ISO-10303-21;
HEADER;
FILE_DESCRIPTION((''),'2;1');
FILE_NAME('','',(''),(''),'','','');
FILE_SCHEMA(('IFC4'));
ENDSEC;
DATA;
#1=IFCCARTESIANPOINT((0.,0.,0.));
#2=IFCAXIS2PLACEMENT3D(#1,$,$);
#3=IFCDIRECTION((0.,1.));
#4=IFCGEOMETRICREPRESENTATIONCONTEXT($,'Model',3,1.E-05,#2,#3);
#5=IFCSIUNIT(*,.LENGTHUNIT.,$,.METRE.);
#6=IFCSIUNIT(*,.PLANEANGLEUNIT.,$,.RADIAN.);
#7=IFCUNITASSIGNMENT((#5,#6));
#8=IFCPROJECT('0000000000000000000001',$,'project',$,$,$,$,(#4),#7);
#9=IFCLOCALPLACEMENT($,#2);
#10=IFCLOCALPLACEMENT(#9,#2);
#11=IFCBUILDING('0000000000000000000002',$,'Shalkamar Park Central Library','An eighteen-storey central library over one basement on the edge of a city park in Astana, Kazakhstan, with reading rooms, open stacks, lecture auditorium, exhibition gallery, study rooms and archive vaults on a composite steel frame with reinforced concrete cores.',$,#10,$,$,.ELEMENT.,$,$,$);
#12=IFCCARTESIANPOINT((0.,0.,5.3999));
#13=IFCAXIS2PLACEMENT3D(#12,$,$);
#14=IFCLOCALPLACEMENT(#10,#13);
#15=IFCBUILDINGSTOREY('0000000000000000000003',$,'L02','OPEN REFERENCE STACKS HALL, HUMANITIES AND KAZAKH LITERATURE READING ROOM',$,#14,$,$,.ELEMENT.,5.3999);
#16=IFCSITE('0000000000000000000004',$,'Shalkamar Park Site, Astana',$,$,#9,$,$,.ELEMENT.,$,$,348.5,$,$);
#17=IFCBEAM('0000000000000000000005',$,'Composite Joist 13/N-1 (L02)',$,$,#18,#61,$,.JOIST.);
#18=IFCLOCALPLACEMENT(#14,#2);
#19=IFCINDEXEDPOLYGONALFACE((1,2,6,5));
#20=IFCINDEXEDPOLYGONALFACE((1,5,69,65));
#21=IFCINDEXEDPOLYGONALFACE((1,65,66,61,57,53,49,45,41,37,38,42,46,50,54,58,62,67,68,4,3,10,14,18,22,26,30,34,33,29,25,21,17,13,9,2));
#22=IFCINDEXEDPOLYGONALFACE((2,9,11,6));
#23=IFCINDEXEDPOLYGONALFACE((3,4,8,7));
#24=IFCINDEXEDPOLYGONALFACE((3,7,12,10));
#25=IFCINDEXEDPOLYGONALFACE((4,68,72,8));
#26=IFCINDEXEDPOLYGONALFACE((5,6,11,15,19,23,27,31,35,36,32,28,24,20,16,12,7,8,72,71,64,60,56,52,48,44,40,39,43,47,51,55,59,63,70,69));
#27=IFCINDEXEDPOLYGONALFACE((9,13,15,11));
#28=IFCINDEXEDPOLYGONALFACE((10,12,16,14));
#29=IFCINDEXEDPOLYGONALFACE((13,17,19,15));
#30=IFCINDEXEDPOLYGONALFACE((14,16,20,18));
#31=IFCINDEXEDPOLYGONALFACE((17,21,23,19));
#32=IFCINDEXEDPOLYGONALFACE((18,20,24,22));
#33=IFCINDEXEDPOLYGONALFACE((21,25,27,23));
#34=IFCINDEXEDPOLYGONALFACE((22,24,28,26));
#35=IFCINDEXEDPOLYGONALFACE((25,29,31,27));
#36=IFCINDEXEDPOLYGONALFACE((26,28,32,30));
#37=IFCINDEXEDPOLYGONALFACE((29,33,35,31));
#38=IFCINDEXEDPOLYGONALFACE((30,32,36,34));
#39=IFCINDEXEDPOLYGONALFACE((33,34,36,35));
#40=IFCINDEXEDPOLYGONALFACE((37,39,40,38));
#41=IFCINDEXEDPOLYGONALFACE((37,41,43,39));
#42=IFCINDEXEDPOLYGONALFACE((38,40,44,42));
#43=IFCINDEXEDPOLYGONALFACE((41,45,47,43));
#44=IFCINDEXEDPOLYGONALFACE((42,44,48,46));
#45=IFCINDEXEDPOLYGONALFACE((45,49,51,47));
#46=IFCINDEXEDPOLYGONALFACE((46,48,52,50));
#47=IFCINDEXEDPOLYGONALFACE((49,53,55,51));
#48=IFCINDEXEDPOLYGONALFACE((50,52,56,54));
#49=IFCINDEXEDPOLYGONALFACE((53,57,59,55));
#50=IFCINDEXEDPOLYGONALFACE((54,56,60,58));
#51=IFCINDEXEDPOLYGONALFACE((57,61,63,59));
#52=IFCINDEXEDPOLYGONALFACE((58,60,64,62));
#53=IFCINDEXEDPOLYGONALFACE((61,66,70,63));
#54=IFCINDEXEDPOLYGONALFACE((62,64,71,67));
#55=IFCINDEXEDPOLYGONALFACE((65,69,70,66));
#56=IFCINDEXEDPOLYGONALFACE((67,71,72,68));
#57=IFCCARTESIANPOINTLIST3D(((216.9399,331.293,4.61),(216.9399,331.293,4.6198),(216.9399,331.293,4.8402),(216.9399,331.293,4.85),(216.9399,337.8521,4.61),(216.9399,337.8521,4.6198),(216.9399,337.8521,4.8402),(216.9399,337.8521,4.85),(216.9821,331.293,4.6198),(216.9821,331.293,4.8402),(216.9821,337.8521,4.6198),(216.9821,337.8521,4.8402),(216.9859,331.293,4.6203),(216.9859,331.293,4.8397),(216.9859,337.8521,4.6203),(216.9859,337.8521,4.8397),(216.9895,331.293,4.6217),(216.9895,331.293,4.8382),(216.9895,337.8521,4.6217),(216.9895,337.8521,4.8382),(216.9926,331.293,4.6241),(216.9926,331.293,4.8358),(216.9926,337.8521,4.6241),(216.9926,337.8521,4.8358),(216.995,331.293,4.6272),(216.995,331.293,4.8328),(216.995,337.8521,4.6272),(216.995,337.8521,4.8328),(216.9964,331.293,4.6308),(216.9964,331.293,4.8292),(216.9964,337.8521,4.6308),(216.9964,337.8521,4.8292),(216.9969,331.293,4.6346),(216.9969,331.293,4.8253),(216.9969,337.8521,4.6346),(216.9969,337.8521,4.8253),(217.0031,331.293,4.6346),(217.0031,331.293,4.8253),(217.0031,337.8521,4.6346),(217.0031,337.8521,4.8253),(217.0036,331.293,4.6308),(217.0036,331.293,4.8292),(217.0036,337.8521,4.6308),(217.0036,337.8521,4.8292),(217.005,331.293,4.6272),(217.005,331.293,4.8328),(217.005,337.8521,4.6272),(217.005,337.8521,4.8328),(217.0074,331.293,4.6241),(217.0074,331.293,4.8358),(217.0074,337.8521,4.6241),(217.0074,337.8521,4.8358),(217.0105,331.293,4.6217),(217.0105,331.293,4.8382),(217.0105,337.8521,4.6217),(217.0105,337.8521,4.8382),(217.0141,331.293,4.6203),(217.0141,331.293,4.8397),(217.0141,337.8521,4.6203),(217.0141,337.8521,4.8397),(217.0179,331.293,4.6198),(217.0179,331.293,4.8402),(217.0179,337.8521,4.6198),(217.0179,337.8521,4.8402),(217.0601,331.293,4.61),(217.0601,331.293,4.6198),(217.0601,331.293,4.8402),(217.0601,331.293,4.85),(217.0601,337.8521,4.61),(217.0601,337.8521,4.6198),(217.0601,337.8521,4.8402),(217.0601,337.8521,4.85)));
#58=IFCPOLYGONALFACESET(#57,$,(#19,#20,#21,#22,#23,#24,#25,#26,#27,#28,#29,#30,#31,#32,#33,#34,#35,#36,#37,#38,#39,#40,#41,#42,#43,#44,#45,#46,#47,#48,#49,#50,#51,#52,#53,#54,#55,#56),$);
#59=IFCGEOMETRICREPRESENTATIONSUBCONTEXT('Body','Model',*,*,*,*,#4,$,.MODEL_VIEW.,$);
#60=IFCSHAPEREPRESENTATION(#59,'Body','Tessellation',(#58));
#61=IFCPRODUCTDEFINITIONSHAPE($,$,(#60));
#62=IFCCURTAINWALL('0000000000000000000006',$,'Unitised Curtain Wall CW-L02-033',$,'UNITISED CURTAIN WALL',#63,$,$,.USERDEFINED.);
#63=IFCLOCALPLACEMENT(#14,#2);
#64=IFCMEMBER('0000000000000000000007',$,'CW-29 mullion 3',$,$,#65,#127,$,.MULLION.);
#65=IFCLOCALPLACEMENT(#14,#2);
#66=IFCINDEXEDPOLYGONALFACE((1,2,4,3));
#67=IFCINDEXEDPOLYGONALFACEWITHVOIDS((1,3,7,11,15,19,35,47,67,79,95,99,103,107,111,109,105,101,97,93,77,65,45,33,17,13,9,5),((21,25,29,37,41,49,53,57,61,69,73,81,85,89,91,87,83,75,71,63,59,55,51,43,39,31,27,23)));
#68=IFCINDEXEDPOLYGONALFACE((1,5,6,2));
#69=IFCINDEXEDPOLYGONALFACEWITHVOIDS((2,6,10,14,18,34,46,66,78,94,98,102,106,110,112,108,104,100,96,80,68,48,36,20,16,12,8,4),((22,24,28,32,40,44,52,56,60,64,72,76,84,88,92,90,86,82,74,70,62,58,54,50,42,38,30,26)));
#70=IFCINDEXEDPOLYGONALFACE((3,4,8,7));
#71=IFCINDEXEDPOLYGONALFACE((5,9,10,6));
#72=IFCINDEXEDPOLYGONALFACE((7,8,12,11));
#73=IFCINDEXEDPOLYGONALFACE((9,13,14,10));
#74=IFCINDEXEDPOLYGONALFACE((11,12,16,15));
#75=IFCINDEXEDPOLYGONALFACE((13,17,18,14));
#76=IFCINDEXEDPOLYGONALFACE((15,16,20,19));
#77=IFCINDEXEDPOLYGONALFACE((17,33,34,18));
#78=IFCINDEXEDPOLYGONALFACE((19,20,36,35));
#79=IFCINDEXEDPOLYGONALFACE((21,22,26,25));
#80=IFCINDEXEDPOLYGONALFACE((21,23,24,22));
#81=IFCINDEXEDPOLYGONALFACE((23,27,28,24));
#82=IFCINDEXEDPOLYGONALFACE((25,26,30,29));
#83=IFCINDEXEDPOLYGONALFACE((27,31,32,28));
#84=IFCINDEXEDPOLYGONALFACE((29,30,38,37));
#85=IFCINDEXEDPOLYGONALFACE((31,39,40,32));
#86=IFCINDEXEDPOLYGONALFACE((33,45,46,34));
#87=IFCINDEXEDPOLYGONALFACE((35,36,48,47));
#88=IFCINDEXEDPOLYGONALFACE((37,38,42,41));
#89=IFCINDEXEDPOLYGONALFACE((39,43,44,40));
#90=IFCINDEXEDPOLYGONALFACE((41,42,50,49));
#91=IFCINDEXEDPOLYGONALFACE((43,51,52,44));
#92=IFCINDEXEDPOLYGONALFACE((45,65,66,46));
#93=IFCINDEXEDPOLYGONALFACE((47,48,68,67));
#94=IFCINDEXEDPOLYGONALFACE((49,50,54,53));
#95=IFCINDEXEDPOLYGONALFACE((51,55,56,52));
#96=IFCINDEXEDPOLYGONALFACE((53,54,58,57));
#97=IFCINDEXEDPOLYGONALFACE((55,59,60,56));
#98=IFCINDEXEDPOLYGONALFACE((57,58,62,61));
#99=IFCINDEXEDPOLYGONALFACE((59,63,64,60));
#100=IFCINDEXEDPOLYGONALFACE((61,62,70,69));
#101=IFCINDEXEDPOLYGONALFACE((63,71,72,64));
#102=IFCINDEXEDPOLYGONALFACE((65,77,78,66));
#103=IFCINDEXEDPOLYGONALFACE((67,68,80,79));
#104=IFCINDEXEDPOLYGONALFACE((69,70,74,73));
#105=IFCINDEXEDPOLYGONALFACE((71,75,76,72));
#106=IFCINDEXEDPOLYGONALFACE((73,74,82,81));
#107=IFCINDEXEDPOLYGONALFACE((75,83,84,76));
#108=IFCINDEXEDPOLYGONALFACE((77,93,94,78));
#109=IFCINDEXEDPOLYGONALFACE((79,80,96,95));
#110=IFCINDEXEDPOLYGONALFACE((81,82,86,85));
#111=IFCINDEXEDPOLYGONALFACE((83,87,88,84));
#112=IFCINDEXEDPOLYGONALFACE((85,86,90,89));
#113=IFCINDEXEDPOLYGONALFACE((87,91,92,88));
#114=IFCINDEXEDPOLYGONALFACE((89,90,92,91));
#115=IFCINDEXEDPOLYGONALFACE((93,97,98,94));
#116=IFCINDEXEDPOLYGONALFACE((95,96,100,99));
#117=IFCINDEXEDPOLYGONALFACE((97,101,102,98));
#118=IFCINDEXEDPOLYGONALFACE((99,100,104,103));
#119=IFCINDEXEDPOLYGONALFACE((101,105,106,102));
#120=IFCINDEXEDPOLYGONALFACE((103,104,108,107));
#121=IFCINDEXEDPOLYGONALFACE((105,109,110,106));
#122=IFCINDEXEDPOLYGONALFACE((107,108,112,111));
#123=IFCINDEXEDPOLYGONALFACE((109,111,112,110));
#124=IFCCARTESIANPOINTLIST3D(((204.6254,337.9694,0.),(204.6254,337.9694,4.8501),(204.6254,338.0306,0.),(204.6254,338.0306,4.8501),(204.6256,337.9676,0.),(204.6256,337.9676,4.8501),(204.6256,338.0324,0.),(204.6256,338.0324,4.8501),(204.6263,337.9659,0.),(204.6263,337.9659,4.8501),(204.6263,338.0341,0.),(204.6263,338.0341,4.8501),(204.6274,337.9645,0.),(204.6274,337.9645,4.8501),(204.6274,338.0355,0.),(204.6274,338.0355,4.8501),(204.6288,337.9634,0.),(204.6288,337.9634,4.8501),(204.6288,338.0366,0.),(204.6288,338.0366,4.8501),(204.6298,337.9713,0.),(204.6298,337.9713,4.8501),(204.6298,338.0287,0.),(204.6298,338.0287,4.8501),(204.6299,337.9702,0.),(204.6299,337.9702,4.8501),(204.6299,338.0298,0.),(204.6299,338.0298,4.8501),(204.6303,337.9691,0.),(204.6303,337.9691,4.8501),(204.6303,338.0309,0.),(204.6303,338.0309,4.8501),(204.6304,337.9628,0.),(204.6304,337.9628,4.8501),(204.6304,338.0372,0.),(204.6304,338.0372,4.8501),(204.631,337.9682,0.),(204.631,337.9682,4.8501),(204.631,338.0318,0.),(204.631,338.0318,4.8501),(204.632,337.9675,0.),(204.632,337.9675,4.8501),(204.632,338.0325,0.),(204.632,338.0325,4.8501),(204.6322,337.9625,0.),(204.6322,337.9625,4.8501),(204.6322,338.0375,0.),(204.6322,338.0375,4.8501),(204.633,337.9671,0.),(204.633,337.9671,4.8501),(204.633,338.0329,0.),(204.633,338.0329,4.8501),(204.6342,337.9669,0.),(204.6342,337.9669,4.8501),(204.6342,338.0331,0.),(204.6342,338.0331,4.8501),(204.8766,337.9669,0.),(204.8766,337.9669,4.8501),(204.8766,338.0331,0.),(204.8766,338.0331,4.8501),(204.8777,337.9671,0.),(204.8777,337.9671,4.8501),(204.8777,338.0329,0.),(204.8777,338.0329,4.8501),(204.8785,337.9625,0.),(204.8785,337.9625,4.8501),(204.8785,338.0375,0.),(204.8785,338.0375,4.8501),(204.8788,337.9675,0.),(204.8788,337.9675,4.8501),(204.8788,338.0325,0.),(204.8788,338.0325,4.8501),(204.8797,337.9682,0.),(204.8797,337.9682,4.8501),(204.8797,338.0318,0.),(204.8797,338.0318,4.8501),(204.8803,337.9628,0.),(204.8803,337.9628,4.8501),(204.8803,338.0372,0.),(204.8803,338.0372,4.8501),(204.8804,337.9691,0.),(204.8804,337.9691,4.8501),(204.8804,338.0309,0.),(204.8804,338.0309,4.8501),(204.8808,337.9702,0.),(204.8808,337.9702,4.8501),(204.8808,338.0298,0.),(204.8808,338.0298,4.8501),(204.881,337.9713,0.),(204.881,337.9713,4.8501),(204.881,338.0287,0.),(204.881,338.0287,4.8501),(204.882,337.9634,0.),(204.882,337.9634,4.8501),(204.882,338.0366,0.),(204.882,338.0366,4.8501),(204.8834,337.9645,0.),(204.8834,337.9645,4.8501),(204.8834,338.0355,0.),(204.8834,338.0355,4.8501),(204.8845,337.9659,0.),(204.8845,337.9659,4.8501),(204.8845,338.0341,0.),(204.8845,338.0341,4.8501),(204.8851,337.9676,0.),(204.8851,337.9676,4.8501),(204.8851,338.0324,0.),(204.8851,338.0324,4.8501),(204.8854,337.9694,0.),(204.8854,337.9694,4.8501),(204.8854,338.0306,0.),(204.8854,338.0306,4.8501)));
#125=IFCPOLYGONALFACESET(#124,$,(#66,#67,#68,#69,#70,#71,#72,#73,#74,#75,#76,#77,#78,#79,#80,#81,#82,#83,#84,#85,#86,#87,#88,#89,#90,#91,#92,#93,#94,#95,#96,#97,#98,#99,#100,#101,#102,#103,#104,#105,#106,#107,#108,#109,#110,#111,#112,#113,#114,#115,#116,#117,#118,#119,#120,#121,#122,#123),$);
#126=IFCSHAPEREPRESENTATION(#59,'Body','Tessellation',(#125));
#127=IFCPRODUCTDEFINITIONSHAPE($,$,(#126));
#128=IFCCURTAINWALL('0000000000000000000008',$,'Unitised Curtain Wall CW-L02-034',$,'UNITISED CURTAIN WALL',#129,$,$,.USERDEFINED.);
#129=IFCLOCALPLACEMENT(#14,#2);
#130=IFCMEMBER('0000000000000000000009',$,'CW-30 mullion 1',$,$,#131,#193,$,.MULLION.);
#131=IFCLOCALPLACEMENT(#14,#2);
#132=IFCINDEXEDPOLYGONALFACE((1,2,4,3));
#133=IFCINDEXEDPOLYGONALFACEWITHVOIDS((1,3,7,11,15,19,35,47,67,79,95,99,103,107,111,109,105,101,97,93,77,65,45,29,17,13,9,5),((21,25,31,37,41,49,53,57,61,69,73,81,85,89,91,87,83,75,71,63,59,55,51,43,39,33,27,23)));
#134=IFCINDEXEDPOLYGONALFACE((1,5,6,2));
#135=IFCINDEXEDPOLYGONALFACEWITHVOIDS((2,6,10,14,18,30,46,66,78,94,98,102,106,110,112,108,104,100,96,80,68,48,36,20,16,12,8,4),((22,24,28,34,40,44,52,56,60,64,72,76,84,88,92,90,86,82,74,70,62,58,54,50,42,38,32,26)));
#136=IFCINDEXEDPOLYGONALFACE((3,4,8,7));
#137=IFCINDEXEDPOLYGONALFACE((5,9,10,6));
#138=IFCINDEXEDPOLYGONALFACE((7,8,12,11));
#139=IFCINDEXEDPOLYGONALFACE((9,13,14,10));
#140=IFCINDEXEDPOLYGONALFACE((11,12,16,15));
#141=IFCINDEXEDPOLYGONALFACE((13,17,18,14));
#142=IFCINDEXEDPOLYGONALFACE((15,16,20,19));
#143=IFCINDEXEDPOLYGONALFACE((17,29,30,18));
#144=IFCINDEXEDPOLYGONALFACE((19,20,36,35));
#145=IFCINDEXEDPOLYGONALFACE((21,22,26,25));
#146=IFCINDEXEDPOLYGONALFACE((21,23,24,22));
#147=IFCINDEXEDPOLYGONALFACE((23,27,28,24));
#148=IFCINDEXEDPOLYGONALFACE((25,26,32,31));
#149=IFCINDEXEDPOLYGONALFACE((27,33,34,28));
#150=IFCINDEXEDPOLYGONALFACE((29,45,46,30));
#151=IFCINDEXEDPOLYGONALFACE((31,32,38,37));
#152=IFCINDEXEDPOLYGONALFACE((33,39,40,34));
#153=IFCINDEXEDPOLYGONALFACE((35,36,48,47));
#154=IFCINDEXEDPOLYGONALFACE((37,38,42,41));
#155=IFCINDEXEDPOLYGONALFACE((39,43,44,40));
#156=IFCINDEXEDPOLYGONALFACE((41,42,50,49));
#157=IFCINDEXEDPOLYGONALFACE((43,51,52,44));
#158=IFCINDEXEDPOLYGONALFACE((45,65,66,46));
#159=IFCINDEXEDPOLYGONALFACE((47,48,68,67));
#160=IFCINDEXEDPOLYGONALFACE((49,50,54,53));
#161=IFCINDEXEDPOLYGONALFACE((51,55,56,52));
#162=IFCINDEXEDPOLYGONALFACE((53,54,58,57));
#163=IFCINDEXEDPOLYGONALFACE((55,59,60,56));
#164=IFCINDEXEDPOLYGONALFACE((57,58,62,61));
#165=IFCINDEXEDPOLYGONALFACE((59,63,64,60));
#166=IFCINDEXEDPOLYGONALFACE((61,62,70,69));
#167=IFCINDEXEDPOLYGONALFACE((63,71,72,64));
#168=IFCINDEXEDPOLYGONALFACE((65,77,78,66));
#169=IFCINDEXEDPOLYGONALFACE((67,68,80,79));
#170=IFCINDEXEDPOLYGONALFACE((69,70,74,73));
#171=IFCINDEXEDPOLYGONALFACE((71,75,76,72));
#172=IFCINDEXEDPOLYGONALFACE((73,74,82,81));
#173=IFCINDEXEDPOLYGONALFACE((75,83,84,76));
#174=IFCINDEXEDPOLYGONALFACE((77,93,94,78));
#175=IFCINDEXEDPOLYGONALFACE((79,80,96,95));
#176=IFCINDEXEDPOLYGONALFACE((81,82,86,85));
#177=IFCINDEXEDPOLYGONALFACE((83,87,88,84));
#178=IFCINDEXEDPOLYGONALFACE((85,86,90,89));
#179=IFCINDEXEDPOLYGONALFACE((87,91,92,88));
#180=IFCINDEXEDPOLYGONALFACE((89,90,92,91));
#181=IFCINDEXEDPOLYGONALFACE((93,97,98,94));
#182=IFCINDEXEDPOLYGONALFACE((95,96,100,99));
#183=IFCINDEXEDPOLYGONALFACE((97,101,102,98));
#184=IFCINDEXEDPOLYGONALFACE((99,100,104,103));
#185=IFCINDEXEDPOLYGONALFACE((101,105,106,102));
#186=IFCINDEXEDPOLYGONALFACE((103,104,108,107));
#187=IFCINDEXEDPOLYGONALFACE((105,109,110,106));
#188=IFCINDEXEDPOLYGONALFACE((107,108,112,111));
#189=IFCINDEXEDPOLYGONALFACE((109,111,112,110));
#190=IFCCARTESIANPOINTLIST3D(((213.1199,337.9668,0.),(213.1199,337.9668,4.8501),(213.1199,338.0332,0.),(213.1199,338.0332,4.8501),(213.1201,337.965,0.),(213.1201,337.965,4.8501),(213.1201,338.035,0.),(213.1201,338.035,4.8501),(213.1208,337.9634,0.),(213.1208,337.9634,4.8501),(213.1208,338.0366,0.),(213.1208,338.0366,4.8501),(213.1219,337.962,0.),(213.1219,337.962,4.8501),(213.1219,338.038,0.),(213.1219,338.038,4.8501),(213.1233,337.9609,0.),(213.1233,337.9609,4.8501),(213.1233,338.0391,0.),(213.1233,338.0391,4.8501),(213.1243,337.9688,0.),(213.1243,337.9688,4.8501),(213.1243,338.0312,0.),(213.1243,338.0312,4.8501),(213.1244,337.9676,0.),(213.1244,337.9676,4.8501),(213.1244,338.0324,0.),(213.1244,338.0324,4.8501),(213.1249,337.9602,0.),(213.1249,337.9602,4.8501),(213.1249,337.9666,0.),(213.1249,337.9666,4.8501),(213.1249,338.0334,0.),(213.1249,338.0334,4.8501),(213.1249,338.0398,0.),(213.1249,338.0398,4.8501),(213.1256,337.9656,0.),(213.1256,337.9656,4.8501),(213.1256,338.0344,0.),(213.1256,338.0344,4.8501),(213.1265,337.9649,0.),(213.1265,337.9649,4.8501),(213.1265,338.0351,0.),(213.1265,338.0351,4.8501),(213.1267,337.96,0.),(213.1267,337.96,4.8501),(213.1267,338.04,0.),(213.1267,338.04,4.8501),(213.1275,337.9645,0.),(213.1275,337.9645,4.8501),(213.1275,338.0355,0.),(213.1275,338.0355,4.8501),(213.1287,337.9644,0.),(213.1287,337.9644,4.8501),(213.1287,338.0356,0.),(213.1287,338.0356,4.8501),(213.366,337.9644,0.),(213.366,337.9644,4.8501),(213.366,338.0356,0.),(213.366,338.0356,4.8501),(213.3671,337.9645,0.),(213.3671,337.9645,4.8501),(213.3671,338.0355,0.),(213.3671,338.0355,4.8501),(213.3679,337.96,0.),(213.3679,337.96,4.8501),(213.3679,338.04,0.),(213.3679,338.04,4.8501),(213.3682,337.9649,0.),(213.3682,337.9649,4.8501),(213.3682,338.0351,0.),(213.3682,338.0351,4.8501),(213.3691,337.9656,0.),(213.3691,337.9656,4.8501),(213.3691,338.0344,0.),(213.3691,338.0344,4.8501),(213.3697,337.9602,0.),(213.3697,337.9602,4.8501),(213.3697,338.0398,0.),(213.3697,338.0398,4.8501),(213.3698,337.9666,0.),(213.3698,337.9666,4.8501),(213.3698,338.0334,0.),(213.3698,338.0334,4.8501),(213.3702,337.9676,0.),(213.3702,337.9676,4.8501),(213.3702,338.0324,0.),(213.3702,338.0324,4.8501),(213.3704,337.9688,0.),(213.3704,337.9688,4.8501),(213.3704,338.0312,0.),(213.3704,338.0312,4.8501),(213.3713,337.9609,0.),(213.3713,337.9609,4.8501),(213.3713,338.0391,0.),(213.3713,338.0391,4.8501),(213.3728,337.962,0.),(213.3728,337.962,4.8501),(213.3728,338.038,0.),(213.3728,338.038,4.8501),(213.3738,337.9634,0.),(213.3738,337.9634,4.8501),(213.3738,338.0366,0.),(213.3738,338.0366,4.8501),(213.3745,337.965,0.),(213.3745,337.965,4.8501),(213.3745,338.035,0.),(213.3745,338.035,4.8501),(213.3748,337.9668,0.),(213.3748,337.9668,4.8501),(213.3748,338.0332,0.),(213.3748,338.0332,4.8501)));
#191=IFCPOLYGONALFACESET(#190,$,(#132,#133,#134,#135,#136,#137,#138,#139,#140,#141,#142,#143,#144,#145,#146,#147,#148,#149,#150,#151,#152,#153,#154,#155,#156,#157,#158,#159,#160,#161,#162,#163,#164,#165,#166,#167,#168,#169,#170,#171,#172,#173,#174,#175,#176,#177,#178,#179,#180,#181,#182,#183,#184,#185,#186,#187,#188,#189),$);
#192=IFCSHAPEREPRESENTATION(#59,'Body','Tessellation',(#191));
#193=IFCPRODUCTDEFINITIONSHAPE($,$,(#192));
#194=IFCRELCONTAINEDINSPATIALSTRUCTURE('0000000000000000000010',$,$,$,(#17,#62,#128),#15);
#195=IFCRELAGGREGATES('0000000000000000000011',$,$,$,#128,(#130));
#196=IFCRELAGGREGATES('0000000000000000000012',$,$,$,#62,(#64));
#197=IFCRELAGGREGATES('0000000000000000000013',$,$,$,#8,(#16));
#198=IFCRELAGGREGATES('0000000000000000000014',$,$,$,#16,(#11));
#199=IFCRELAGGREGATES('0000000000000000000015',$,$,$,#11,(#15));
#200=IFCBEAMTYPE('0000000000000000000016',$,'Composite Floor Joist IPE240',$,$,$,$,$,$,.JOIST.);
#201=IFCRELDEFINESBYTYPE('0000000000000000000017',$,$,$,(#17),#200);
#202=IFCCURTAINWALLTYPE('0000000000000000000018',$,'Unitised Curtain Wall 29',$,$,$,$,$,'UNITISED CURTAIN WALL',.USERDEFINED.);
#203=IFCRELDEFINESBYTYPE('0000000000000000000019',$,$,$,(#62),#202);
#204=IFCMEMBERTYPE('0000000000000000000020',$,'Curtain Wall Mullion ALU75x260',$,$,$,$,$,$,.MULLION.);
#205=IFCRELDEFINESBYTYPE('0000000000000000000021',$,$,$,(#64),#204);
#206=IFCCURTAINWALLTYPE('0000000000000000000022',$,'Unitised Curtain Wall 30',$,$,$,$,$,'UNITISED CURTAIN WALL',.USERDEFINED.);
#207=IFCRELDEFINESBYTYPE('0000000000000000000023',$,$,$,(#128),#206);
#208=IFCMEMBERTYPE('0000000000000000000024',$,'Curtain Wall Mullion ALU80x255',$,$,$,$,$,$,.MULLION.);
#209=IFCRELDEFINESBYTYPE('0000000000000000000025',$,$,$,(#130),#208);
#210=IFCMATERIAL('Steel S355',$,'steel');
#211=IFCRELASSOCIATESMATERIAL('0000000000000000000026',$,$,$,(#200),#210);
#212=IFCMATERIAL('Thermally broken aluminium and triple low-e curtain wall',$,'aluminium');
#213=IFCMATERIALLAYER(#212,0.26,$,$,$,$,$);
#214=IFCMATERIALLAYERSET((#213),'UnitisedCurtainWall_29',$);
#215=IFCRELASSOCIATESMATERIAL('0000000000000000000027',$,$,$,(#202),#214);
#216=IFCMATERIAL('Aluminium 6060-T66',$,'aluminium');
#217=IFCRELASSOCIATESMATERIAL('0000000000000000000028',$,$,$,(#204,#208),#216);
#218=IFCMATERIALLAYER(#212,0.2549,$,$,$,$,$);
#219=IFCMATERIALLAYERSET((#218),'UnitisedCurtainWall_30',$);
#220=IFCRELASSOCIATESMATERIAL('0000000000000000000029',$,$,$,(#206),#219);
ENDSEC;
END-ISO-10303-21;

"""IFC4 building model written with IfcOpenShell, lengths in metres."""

from ifc_helpers import new_model, si_unit, direction, frame, origin, origin_2d, place, context, subcontext, project, spatial, hollow_rectangle, i_section, extrude, material, layer, layer_set, material_profile, profile_set, type_object, element, aggregate, save


model = new_model("IFC4")

# Units and contexts
model_context = context("Model", 3, precision=1e-05, world=origin(), true_north=direction((0.0, 1.0)))
body_context = subcontext(model_context, "Body", "Model", "MODEL_VIEW")
ifc_project = project(units=[si_unit("LENGTHUNIT", "METRE"), si_unit("PLANEANGLEUNIT", "RADIAN")], contexts=[model_context])

# Site, building, storey
site_placement = place(None, origin())
site = spatial("IfcSite", under=ifc_project, at=site_placement, Name="Shalkamar Park Site, Astana", CompositionType="ELEMENT", RefElevation=348.5)
building_placement = place(site_placement, origin())
building = spatial("IfcBuilding", under=site, at=building_placement, Name="Shalkamar Park Central Library", Description="An eighteen-storey central library over one basement on the edge of a city park in Astana, Kazakhstan, with reading rooms, open stacks, lecture auditorium, exhibition gallery, study rooms and archive vaults on a composite steel frame with reinforced concrete cores.", CompositionType="ELEMENT")
storey_placement = place(building_placement, frame((0.0, 0.0, 5.3999)))
storey = spatial("IfcBuildingStorey", under=building, at=storey_placement, Name="L02", Description="OPEN REFERENCE STACKS HALL, HUMANITIES AND KAZAKH LITERATURE READING ROOM", CompositionType="ELEMENT", Elevation=5.3999)

# Shared definitions
ifc_material_1 = material(Name="Steel S355", Category="steel")

# Beam
ifc_material_profile_1 = material_profile(ifc_material_1, i_section(OverallWidth=0.1201, OverallDepth=0.24, WebThickness=0.0061, FlangeThickness=0.0098, FilletRadius=0.0149, at=origin_2d()), Name="IPE 240")
ifc_profile_set_1 = profile_set([ifc_material_profile_1], Name="Steel S355")
beam_type_1 = type_object("IfcBeamType", Name="Composite Floor Joist IPE240", PredefinedType="JOIST", material=ifc_profile_set_1)
for number, where, z_axis, x_axis, name in (
    (1, (217.0, 331.293, 4.73), (0.0, 1.0, 0.0), (-1.0, 0.0, 0.0), "Composite Joist 13/N-1 (L02)"),
):
    element("IfcBeam", number, at=place(storey_placement, frame(where, z_axis=z_axis, x_axis=x_axis)), inside=storey, type_object=beam_type_1, Name=name, PredefinedType="JOIST", context=body_context, shape_type="SweptSolid", body=[
        extrude(i_section(OverallWidth=0.1201, OverallDepth=0.24, WebThickness=0.0061, FlangeThickness=0.0098, FilletRadius=0.0149, at=origin_2d()), origin(), (0.0, 0.0, 1.0), 6.5591),
    ])

# Curtain wall, member
ifc_material_2 = material(Name="Thermally broken aluminium and triple low-e curtain wall", Category="aluminium")
ifc_layer_1 = layer(ifc_material_2, 0.26)
ifc_layer_set_1 = layer_set([ifc_layer_1], Name="UnitisedCurtainWall_29")
curtain_wall_type_1 = type_object("IfcCurtainWallType", Name="Unitised Curtain Wall 29", ElementType="UNITISED CURTAIN WALL", PredefinedType="USERDEFINED", material=ifc_layer_set_1)
curtain_wall_1_placement = place(storey_placement, origin())
curtain_wall_1 = element("IfcCurtainWall", 2, at=curtain_wall_1_placement, inside=storey, type_object=curtain_wall_type_1, Name="Unitised Curtain Wall CW-L02-033", ObjectType="UNITISED CURTAIN WALL", PredefinedType="USERDEFINED")
ifc_material_3 = material(Name="Aluminium 6060-T66", Category="aluminium")
ifc_material_profile_2 = material_profile(ifc_material_3, hollow_rectangle(XDim=0.075, YDim=0.26, WallThickness=0.0044, InnerFilletRadius=0.0044, OuterFilletRadius=0.0068, at=origin_2d()), Name="ALU 75x260x4.5")
ifc_profile_set_2 = profile_set([ifc_material_profile_2], Name="Aluminium 6060-T66")
member_type_1 = type_object("IfcMemberType", Name="Curtain Wall Mullion ALU75x260", PredefinedType="MULLION", material=ifc_profile_set_2)
member_1_placement = place(storey_placement, frame((204.7554, 338.0, 0.0), z_axis=(0.0, 0.0, 1.0), x_axis=(0.0, 1.0, 0.0)))
member_1 = element("IfcMember", 3, at=member_1_placement, type_object=member_type_1, Name="CW-29 mullion 3", PredefinedType="MULLION", context=body_context, shape_type="SweptSolid", body=[
    extrude(hollow_rectangle(XDim=0.075, YDim=0.26, WallThickness=0.0044, InnerFilletRadius=0.0044, OuterFilletRadius=0.0068, at=origin_2d()), origin(), (0.0, 0.0, 1.0), 4.8501),
])

# Curtain wall, member
ifc_layer_2 = layer(ifc_material_2, 0.2549)
ifc_layer_set_2 = layer_set([ifc_layer_2], Name="UnitisedCurtainWall_30")
curtain_wall_type_2 = type_object("IfcCurtainWallType", Name="Unitised Curtain Wall 30", ElementType="UNITISED CURTAIN WALL", PredefinedType="USERDEFINED", material=ifc_layer_set_2)
curtain_wall_2_placement = place(storey_placement, origin())
curtain_wall_2 = element("IfcCurtainWall", 4, at=curtain_wall_2_placement, inside=storey, type_object=curtain_wall_type_2, Name="Unitised Curtain Wall CW-L02-034", ObjectType="UNITISED CURTAIN WALL", PredefinedType="USERDEFINED")
ifc_material_profile_3 = material_profile(ifc_material_3, hollow_rectangle(XDim=0.0801, YDim=0.2549, WallThickness=0.0044, InnerFilletRadius=0.0044, OuterFilletRadius=0.0068, at=origin_2d()), Name="ALU 80x255x4.5")
ifc_profile_set_3 = profile_set([ifc_material_profile_3], Name="Aluminium 6060-T66")
member_type_2 = type_object("IfcMemberType", Name="Curtain Wall Mullion ALU80x255", PredefinedType="MULLION", material=ifc_profile_set_3)
member_2_placement = place(storey_placement, frame((213.2473, 338.0, 0.0), z_axis=(0.0, 0.0, 1.0), x_axis=(0.0, 1.0, 0.0)))
member_2 = element("IfcMember", 5, at=member_2_placement, type_object=member_type_2, Name="CW-30 mullion 1", PredefinedType="MULLION", context=body_context, shape_type="SweptSolid", body=[
    extrude(hollow_rectangle(XDim=0.0801, YDim=0.2549, WallThickness=0.0044, InnerFilletRadius=0.0044, OuterFilletRadius=0.0068, at=origin_2d()), origin(), (0.0, 0.0, 1.0), 4.8501),
])

aggregate(curtain_wall_2, [member_2])
aggregate(curtain_wall_1, [member_1])

save(model, "model.ifc")
